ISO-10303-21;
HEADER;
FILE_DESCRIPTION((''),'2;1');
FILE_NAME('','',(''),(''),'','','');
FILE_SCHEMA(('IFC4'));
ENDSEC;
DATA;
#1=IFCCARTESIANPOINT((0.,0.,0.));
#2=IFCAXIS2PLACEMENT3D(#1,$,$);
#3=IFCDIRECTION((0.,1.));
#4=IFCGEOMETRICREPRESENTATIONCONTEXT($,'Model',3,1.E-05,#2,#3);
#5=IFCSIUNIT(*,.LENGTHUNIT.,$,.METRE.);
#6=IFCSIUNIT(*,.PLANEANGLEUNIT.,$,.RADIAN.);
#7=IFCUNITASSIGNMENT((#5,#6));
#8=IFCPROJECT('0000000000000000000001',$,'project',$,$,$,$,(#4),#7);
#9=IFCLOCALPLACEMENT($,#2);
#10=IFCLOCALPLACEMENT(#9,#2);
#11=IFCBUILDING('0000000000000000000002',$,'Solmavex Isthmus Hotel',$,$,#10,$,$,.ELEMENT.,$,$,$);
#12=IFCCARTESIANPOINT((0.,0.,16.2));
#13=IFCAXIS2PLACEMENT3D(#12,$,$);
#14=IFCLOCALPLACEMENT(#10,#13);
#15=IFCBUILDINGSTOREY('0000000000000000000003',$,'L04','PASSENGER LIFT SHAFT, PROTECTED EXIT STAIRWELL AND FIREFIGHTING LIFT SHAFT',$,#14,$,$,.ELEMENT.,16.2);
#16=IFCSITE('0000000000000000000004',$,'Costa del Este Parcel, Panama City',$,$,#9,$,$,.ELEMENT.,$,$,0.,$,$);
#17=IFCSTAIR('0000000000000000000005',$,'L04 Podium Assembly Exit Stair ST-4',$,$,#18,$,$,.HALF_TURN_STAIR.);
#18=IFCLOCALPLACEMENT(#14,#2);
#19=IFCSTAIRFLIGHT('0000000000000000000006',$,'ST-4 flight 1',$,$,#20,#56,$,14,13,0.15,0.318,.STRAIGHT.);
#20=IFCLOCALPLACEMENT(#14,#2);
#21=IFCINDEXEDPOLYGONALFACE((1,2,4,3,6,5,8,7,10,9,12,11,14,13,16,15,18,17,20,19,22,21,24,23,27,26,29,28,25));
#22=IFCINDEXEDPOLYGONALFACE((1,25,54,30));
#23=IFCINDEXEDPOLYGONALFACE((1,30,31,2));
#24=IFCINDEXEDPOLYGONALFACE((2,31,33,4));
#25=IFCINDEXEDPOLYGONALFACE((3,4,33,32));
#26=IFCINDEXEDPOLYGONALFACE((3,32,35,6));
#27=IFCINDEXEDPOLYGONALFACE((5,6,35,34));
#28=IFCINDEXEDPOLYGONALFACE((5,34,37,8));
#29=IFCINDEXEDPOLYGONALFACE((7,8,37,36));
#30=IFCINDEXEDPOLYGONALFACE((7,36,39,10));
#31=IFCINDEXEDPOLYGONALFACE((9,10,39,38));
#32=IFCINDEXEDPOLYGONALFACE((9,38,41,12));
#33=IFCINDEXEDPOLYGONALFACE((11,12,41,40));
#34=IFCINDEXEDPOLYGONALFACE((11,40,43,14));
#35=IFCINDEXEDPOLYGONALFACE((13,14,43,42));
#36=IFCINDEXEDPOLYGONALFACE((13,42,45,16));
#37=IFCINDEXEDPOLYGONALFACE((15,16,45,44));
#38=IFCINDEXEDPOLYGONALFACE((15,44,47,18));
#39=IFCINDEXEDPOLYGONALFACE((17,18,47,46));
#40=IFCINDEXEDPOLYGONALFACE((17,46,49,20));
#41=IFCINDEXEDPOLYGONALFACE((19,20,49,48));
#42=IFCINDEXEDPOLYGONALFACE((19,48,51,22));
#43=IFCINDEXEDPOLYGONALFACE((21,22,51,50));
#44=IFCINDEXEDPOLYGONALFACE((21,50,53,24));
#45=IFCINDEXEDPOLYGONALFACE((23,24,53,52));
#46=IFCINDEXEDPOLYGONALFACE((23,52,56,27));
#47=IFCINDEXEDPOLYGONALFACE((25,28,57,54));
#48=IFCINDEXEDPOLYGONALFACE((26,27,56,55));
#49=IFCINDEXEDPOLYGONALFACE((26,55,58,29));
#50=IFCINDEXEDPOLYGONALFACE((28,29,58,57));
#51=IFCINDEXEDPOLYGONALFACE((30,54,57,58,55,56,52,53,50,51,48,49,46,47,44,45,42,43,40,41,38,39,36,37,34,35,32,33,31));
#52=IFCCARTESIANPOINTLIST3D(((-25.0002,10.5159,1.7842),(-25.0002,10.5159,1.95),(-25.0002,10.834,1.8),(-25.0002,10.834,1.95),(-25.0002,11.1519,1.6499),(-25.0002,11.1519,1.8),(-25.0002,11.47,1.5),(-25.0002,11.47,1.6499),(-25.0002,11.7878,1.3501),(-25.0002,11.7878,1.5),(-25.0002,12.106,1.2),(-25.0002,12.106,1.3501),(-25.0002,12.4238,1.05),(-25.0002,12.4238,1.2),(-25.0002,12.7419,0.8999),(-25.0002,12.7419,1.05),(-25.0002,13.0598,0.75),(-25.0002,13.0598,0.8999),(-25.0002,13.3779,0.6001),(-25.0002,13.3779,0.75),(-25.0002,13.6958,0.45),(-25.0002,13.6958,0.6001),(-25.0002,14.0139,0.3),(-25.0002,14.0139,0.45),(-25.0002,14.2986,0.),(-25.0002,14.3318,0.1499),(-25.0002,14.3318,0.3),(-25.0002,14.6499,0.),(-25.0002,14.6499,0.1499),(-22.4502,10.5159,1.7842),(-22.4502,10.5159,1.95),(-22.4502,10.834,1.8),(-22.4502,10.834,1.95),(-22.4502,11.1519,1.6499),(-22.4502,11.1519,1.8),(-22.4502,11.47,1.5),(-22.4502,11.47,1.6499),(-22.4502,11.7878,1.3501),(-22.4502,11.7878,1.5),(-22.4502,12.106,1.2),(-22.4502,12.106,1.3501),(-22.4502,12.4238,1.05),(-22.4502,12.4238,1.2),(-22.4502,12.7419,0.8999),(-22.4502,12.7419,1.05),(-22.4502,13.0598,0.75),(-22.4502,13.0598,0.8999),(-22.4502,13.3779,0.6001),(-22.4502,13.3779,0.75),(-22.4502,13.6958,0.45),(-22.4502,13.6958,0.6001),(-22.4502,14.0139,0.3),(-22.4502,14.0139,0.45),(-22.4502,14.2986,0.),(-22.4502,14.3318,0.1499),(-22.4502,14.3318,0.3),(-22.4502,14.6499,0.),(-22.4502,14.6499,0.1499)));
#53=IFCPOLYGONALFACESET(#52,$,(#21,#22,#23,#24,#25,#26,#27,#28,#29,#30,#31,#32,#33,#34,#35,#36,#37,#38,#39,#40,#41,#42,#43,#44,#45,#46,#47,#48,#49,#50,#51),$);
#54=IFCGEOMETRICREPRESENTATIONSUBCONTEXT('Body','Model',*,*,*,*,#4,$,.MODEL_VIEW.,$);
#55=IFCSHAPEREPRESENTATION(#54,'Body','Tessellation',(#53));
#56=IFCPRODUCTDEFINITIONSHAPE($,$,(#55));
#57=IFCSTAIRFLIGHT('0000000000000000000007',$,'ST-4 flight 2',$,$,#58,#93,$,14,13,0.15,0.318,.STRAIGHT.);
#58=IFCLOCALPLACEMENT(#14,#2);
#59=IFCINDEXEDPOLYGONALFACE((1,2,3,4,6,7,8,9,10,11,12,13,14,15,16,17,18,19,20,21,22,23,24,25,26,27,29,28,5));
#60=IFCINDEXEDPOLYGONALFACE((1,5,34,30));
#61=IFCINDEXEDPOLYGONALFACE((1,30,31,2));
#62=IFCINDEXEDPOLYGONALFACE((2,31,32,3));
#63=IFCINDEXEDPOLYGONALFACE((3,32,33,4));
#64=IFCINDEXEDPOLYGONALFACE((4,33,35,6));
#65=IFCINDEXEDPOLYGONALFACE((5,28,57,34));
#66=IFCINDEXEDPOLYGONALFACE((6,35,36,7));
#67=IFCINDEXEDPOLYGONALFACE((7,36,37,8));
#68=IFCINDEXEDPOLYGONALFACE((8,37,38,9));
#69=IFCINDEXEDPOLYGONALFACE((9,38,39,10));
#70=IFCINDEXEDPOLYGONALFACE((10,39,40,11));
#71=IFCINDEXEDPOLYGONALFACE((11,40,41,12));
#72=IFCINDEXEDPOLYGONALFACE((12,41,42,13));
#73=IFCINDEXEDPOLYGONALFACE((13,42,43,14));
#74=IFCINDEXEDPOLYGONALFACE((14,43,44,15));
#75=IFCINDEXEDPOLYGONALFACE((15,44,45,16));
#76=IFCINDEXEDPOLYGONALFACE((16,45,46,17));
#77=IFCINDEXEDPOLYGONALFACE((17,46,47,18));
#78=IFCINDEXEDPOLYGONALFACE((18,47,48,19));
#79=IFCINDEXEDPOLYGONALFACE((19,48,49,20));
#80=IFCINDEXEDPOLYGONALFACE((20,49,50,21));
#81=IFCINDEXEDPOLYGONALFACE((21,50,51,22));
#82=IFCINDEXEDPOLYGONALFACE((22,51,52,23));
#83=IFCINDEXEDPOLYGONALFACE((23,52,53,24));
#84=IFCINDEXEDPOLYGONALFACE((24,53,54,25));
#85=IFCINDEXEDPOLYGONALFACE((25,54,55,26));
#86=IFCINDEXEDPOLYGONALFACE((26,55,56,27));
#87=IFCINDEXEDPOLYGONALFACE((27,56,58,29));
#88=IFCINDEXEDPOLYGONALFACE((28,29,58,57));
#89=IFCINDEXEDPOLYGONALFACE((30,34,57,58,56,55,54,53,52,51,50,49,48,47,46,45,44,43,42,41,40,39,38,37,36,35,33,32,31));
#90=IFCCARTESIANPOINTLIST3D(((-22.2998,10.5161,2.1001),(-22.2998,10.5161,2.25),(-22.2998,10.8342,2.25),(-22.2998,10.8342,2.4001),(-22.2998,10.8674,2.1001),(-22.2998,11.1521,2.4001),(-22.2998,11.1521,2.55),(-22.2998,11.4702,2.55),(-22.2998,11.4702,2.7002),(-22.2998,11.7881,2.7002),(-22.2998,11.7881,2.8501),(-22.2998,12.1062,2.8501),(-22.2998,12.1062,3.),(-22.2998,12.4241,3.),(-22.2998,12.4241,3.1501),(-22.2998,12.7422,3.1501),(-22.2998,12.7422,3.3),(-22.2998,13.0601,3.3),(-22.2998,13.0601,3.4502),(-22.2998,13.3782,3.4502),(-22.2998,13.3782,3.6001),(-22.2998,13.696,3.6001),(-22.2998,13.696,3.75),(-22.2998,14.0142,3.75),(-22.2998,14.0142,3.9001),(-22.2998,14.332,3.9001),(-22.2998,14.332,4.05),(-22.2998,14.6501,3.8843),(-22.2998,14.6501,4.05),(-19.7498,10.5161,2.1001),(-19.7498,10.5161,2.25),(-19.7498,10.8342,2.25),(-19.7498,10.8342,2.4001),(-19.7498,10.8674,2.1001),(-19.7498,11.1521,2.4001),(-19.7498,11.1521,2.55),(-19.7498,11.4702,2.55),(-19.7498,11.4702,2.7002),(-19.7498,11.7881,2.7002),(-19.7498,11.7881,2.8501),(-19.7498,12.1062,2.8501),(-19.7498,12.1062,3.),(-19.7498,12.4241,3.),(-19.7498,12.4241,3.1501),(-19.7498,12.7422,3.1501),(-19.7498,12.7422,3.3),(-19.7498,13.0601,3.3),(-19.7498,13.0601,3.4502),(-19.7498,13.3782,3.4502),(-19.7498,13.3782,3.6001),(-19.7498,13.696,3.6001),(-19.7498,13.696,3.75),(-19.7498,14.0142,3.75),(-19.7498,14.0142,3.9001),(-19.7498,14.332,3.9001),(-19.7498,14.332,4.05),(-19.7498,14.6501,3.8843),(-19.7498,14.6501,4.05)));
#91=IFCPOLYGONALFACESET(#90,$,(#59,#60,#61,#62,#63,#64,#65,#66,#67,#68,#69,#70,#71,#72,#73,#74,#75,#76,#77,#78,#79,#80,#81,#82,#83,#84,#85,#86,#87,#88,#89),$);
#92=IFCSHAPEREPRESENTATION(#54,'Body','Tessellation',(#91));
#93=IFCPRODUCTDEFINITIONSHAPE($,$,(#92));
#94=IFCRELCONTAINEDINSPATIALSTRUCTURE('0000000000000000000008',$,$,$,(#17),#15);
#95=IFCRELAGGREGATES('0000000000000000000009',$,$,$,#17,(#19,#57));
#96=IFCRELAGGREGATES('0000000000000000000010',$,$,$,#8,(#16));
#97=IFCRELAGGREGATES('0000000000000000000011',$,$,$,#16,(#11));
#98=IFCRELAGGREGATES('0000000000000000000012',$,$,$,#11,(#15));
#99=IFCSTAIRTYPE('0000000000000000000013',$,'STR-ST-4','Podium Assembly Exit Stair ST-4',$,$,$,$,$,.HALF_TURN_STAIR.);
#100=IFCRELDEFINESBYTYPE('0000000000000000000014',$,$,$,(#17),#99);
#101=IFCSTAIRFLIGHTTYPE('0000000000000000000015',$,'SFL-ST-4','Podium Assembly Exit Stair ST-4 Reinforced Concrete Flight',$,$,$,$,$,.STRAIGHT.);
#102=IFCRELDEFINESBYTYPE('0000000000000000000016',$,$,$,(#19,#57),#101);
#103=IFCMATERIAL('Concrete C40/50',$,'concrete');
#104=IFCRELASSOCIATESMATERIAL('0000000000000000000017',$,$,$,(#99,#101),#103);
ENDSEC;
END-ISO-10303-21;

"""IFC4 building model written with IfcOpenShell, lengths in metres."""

from ifc_helpers import new_model, si_unit, direction, frame, origin, place, context, subcontext, project, spatial, polyline, outline, extrude, material, type_object, element, aggregate, save


model = new_model("IFC4")

# Units and contexts
model_context = context("Model", 3, precision=1e-05, world=origin(), true_north=direction((0.0, 1.0)))
body_context = subcontext(model_context, "Body", "Model", "MODEL_VIEW")
ifc_project = project(units=[si_unit("LENGTHUNIT", "METRE"), si_unit("PLANEANGLEUNIT", "RADIAN")], contexts=[model_context])

# Site, building, storey
site_placement = place(None, origin())
site = spatial("IfcSite", under=ifc_project, at=site_placement, Name="Costa del Este Parcel, Panama City", CompositionType="ELEMENT", RefElevation=0.0)
building_placement = place(site_placement, origin())
building = spatial("IfcBuilding", under=site, at=building_placement, Name="Solmavex Isthmus Hotel", CompositionType="ELEMENT")
storey_placement = place(building_placement, frame((0.0, 0.0, 16.2)))
storey = spatial("IfcBuildingStorey", under=building, at=storey_placement, Name="L04", Description="PASSENGER LIFT SHAFT, PROTECTED EXIT STAIRWELL AND FIREFIGHTING LIFT SHAFT", CompositionType="ELEMENT", Elevation=16.2)

# Shared definitions
ifc_material_1 = material(Name="Concrete C40/50", Category="concrete")

# Stair, stair flights
stair_type = type_object("IfcStairType", Name="STR-ST-4", Description="Podium Assembly Exit Stair ST-4", PredefinedType="HALF_TURN_STAIR", material=ifc_material_1)
stair_placement = place(storey_placement, origin())
stair = element("IfcStair", 1, at=stair_placement, inside=storey, type_object=stair_type, Name="L04 Podium Assembly Exit Stair ST-4", PredefinedType="HALF_TURN_STAIR")
stair_flight_type = type_object("IfcStairFlightType", Name="SFL-ST-4", Description="Podium Assembly Exit Stair ST-4 Reinforced Concrete Flight", PredefinedType="STRAIGHT", material=ifc_material_1)
stair_flight_1_placement = place(storey_placement, frame((-23.7251, 14.6499, 0.0), z_axis=(0.0, 0.0, 1.0), x_axis=(0.0, -1.0, 0.0)))
stair_flight_1 = element("IfcStairFlight", 2, at=stair_flight_1_placement, type_object=stair_flight_type, Name="ST-4 flight 1", NumberOfRisers=14, NumberOfTreads=13, PredefinedType="STRAIGHT", RiserHeight=0.15, TreadLength=0.318, context=body_context, shape_type="SweptSolid", body=[
    extrude(outline(polyline([(0.0, 0.0), (0.0, 0.1499), (0.3181, 0.1499), (0.3181, 0.3), (0.636, 0.3), (0.636, 0.45), (0.9541, 0.45), (0.9541, 0.6001), (1.272, 0.6001), (1.272, 0.75), (1.5901, 0.75), (1.5901, 0.8999), (1.908, 0.8999), (1.908, 1.05), (2.2261, 1.05), (2.2261, 1.2), (2.5439, 1.2), (2.5439, 1.3501), (2.8621, 1.3501), (2.8621, 1.5), (3.1799, 1.5), (3.1799, 1.6499), (3.498, 1.6499), (3.498, 1.8), (3.8159, 1.8), (3.8159, 1.95), (4.134, 1.95), (4.134, 2.1001), (4.134, 1.7842), (0.3513, 0.0), (0.0, 0.0)])), frame((0.0, 1.2749, 0.0), z_axis=(0.0, -1.0, 0.0), x_axis=(1.0, 0.0, 0.0)), (0.0, 0.0, 1.0), 2.55),
])
stair_flight_2_placement = place(storey_placement, frame((-21.0249, 10.5161, 2.1001), z_axis=(0.0, 0.0, 1.0), x_axis=(0.0, 1.0, 0.0)))
stair_flight_2 = element("IfcStairFlight", 3, at=stair_flight_2_placement, type_object=stair_flight_type, Name="ST-4 flight 2", NumberOfRisers=14, NumberOfTreads=13, PredefinedType="STRAIGHT", RiserHeight=0.15, TreadLength=0.318, context=body_context, shape_type="SweptSolid", body=[
    extrude(outline(polyline([(0.0, 0.0), (0.0, 0.1499), (0.3181, 0.1499), (0.3181, 0.3), (0.636, 0.3), (0.636, 0.45), (0.9541, 0.45), (0.9541, 0.6001), (1.272, 0.6001), (1.272, 0.75), (1.5901, 0.75), (1.5901, 0.8999), (1.908, 0.8999), (1.908, 1.05), (2.2261, 1.05), (2.2261, 1.2), (2.5439, 1.2), (2.5439, 1.3501), (2.8621, 1.3501), (2.8621, 1.5), (3.1799, 1.5), (3.1799, 1.6499), (3.498, 1.6499), (3.498, 1.8), (3.8159, 1.8), (3.8159, 1.95), (4.134, 1.95), (4.134, 2.1001), (4.134, 1.7842), (0.3513, 0.0), (0.0, 0.0)])), frame((0.0, 1.2749, 0.0), z_axis=(0.0, -1.0, 0.0), x_axis=(1.0, 0.0, 0.0)), (0.0, 0.0, 1.0), 2.55),
])
aggregate(stair, [stair_flight_1, stair_flight_2])

save(model, "model.ifc")
